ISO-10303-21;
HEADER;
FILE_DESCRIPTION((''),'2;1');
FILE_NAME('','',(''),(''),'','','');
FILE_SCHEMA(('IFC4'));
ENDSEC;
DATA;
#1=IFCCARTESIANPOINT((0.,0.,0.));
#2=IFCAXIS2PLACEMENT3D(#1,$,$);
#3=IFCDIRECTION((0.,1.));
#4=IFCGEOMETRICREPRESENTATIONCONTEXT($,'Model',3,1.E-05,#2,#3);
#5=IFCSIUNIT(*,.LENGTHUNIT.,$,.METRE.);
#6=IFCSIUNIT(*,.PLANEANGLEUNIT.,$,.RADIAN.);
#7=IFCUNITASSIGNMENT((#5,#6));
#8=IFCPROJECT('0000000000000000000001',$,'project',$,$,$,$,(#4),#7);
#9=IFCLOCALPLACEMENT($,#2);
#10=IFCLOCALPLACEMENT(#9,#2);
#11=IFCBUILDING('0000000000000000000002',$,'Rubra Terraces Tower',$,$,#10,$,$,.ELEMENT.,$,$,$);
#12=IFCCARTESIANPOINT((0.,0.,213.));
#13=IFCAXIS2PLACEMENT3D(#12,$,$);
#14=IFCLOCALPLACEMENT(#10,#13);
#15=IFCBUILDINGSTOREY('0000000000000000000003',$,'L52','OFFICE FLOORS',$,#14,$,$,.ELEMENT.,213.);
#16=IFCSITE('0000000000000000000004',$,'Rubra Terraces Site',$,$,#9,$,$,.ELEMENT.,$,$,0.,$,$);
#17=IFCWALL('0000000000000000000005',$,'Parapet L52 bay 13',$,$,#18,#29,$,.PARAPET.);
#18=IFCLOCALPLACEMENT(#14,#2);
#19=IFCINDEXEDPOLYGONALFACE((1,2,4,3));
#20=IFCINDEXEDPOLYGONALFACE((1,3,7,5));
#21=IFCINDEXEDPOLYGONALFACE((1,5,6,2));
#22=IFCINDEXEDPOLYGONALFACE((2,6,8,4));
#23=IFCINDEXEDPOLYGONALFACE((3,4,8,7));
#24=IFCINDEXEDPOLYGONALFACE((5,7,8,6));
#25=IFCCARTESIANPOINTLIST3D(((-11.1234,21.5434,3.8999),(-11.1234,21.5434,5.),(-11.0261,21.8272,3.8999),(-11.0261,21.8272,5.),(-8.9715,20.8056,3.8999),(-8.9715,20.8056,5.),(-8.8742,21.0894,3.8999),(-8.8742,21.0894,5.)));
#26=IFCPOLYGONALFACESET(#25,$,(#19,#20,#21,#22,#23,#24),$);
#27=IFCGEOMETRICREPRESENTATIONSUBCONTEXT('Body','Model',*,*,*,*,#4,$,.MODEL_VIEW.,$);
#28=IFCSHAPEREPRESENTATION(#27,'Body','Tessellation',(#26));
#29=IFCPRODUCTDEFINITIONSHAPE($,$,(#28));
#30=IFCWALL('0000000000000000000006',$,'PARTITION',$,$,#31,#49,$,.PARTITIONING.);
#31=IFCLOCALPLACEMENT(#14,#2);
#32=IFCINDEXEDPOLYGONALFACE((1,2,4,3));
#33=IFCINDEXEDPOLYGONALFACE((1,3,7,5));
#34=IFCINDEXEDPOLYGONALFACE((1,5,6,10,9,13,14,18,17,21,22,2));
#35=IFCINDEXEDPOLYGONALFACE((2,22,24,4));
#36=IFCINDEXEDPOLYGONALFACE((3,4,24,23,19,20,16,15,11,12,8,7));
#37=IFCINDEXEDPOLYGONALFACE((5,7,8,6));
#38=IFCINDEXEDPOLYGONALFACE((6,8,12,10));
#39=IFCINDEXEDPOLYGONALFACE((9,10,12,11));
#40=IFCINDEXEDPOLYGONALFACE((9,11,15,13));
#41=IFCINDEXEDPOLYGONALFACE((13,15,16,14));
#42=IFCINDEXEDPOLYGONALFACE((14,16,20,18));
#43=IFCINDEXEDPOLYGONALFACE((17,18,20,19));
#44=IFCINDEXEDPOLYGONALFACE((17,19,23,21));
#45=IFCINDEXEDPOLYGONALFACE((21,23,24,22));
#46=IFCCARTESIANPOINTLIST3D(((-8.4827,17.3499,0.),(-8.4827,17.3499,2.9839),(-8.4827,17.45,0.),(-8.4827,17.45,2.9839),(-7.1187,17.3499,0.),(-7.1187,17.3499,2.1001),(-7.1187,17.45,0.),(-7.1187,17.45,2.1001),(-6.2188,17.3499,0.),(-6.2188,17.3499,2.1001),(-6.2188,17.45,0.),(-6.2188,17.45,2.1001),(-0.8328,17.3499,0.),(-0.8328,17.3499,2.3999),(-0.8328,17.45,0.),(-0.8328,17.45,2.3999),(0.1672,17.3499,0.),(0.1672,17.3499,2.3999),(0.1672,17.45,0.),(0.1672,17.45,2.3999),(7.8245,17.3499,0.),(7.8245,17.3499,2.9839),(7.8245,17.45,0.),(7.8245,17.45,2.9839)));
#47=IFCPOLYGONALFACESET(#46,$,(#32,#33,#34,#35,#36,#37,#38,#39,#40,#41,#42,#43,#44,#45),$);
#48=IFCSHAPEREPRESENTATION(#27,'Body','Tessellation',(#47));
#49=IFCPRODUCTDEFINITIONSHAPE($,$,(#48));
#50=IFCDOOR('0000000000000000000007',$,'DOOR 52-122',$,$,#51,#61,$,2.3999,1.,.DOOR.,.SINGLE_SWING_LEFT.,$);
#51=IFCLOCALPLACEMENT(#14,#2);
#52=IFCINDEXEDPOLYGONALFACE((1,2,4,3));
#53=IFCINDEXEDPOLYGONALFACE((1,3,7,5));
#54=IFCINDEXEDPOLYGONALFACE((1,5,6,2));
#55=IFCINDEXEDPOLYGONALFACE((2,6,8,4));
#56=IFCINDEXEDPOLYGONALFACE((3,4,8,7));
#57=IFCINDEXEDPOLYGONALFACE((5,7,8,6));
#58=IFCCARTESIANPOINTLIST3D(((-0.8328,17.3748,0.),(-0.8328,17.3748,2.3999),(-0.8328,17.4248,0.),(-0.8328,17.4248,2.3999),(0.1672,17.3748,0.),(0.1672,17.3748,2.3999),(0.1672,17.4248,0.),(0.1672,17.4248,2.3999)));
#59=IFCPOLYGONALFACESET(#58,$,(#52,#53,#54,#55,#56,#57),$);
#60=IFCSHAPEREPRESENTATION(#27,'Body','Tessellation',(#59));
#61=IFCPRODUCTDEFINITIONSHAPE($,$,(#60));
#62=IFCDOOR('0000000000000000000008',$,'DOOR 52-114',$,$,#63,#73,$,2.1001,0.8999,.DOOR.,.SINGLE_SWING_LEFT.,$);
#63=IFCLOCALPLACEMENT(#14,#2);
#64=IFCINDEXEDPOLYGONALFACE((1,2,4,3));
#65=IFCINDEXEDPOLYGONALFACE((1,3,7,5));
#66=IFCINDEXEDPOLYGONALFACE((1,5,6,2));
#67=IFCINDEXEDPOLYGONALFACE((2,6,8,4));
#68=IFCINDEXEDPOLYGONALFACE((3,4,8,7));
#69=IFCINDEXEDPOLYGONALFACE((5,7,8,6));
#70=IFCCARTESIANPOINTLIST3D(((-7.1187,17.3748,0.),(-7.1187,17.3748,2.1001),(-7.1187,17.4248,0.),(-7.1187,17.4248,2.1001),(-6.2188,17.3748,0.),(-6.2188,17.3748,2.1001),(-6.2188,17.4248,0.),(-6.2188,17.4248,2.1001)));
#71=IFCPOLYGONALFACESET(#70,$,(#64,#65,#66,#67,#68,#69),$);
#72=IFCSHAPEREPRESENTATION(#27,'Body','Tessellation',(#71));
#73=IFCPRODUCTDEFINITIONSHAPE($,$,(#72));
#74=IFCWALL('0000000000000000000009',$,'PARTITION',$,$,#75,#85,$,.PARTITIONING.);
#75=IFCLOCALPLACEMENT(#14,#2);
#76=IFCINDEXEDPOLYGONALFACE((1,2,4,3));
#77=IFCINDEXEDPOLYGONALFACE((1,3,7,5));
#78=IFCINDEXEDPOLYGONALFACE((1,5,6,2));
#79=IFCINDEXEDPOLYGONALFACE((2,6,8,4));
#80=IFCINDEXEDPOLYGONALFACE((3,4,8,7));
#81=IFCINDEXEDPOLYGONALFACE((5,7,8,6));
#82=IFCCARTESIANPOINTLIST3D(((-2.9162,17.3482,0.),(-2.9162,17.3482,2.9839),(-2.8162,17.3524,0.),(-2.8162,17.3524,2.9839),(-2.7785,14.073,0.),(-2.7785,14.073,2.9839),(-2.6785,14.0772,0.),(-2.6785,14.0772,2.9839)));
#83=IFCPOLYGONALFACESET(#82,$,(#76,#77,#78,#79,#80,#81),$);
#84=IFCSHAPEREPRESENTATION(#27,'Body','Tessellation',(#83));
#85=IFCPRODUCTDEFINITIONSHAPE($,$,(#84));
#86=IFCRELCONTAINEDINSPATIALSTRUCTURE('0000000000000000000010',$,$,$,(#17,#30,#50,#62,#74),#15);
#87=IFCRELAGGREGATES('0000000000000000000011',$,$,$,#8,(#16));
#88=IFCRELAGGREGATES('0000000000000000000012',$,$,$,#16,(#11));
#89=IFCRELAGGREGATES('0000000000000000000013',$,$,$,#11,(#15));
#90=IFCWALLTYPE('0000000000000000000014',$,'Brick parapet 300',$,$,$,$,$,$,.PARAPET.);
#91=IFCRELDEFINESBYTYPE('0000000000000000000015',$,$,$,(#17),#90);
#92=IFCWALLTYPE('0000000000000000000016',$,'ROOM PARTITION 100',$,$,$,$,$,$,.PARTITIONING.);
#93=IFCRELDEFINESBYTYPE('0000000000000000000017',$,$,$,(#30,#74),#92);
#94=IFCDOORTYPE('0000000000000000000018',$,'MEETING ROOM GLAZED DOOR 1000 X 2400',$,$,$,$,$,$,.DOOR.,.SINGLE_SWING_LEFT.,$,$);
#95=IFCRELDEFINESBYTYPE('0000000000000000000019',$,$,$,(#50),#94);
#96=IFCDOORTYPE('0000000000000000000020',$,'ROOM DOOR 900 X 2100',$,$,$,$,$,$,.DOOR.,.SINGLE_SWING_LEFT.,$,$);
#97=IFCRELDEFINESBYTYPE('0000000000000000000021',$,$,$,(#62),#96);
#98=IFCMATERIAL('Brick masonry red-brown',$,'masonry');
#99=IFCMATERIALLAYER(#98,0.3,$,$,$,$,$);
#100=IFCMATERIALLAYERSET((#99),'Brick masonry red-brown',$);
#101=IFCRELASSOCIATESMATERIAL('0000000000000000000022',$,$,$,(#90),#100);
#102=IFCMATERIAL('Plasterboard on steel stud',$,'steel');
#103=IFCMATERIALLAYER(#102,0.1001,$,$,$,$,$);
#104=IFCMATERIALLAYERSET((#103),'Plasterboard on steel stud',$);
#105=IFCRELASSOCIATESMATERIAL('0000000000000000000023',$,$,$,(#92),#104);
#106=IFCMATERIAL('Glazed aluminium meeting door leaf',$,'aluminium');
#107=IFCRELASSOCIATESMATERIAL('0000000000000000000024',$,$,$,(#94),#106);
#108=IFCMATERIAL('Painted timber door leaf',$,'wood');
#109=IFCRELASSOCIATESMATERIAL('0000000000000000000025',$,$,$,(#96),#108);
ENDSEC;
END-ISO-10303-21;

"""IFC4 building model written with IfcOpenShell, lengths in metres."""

from ifc_helpers import new_model, si_unit, direction, frame, frame_2d, origin, place, context, subcontext, project, spatial, rectangle, extrude, material, layer, layer_set, type_object, element, fill, save


model = new_model("IFC4")

# Units and contexts
model_context = context("Model", 3, precision=1e-05, world=origin(), true_north=direction((0.0, 1.0)))
body_context = subcontext(model_context, "Body", "Model", "MODEL_VIEW")
ifc_project = project(units=[si_unit("LENGTHUNIT", "METRE"), si_unit("PLANEANGLEUNIT", "RADIAN")], contexts=[model_context])

# Site, building, storey
site_placement = place(None, origin())
site = spatial("IfcSite", under=ifc_project, at=site_placement, Name="Rubra Terraces Site", CompositionType="ELEMENT", RefElevation=0.0)
building_placement = place(site_placement, origin())
building = spatial("IfcBuilding", under=site, at=building_placement, Name="Rubra Terraces Tower", CompositionType="ELEMENT")
storey_placement = place(building_placement, frame((0.0, 0.0, 213.0)))
storey = spatial("IfcBuildingStorey", under=building, at=storey_placement, Name="L52", Description="OFFICE FLOORS", CompositionType="ELEMENT", Elevation=213.0)

# Shared definitions
ifc_material_1 = material(Name="Brick masonry red-brown", Category="masonry")

# Wall
ifc_layer_1 = layer(ifc_material_1, 0.3)
ifc_layer_set_1 = layer_set([ifc_layer_1], Name="Brick masonry red-brown")
wall_type_1 = type_object("IfcWallType", Name="Brick parapet 300", PredefinedType="PARAPET", material=ifc_layer_set_1)
wall_1_placement = place(storey_placement, frame((-8.9229, 20.9475, 3.8999), z_axis=(0.0, 0.0, 1.0), x_axis=(-0.945944, 0.32433, 0.0)))
element("IfcWall", 1, at=wall_1_placement, inside=storey, type_object=wall_type_1, Name="Parapet L52 bay 13", PredefinedType="PARAPET", context=body_context, shape_type="SweptSolid", body=[
    extrude(rectangle(XDim=2.2749, YDim=0.3, at=frame_2d((1.1375, 0.0))), origin(), (0.0, 0.0, 1.0), 1.1001),
])

# Wall, openings, doors
ifc_material_2 = material(Name="Plasterboard on steel stud", Category="steel")
ifc_layer_2 = layer(ifc_material_2, 0.1001)
ifc_layer_set_2 = layer_set([ifc_layer_2], Name="Plasterboard on steel stud")
wall_type_2 = type_object("IfcWallType", Name="ROOM PARTITION 100", PredefinedType="PARTITIONING", material=ifc_layer_set_2)
wall_2_placement = place(storey_placement, frame((-8.4827, 17.3999, 0.0), z_axis=(0.0, 0.0, 1.0), x_axis=(1.0, 0.0, 0.0)))
wall_2 = element("IfcWall", 2, at=wall_2_placement, inside=storey, type_object=wall_type_2, Name="PARTITION", PredefinedType="PARTITIONING", context=body_context, shape_type="SweptSolid", body=[
    extrude(rectangle(XDim=16.3071, YDim=0.1001, at=frame_2d((8.1536, 0.0))), origin(), (0.0, 0.0, 1.0), 2.9839),
])
opening_1_placement = place(wall_2_placement, frame((1.364, 0.0, 0.0)))
opening_1 = element("IfcOpeningElement", 3, at=opening_1_placement, cuts=wall_2, PredefinedType="OPENING", context=body_context, shape_type="SweptSolid", body=[
    extrude(rectangle(XDim=0.8999, YDim=2.1001, at=frame_2d((0.45, 1.05))), frame((0.0, 0.0601, 0.0), z_axis=(0.0, -1.0, 0.0), x_axis=(1.0, 0.0, 0.0)), (0.0, 0.0, 1.0), 0.1201),
])
opening_2_placement = place(wall_2_placement, frame((7.6499, 0.0, 0.0)))
opening_2 = element("IfcOpeningElement", 4, at=opening_2_placement, cuts=wall_2, PredefinedType="OPENING", context=body_context, shape_type="SweptSolid", body=[
    extrude(rectangle(XDim=1.0, YDim=2.3999, at=frame_2d((0.5, 1.2))), frame((0.0, 0.0601, 0.0), z_axis=(0.0, -1.0, 0.0), x_axis=(1.0, 0.0, 0.0)), (0.0, 0.0, 1.0), 0.1201),
])
ifc_material_3 = material(Name="Glazed aluminium meeting door leaf", Category="aluminium")
door_type_1 = type_object("IfcDoorType", Name="MEETING ROOM GLAZED DOOR 1000 X 2400", OperationType="SINGLE_SWING_LEFT", PredefinedType="DOOR", material=ifc_material_3)
door_1_placement = place(opening_2_placement, origin())
door_1 = element("IfcDoor", 5, at=door_1_placement, inside=storey, type_object=door_type_1, Name="DOOR 52-122", OperationType="SINGLE_SWING_LEFT", OverallHeight=2.3999, OverallWidth=1.0, PredefinedType="DOOR", context=body_context, shape_type="SweptSolid", body=[
    extrude(rectangle(XDim=1.0, YDim=2.3999, at=frame_2d((0.5, 1.2))), frame((0.0, 0.0249, 0.0), z_axis=(0.0, -1.0, 0.0), x_axis=(1.0, 0.0, 0.0)), (0.0, 0.0, 1.0), 0.05),
])
fill(opening_2, door_1)
ifc_material_4 = material(Name="Painted timber door leaf", Category="wood")
door_type_2 = type_object("IfcDoorType", Name="ROOM DOOR 900 X 2100", OperationType="SINGLE_SWING_LEFT", PredefinedType="DOOR", material=ifc_material_4)
door_2_placement = place(opening_1_placement, origin())
door_2 = element("IfcDoor", 6, at=door_2_placement, inside=storey, type_object=door_type_2, Name="DOOR 52-114", OperationType="SINGLE_SWING_LEFT", OverallHeight=2.1001, OverallWidth=0.8999, PredefinedType="DOOR", context=body_context, shape_type="SweptSolid", body=[
    extrude(rectangle(XDim=0.8999, YDim=2.1001, at=frame_2d((0.45, 1.05))), frame((0.0, 0.0249, 0.0), z_axis=(0.0, -1.0, 0.0), x_axis=(1.0, 0.0, 0.0)), (0.0, 0.0, 1.0), 0.05),
])
fill(opening_1, door_2)

# Wall
wall_3_placement = place(storey_placement, frame((-2.7285, 14.075, 0.0), z_axis=(0.0, 0.0, 1.0), x_axis=(-0.042005, 0.999117, 0.0)))
element("IfcWall", 7, at=wall_3_placement, inside=storey, type_object=wall_type_2, Name="PARTITION", PredefinedType="PARTITIONING", context=body_context, shape_type="SweptSolid", body=[
    extrude(rectangle(XDim=3.2781, YDim=0.1001, at=frame_2d((1.6392, 0.0))), origin(), (0.0, 0.0, 1.0), 2.9839),
])

save(model, "model.ifc")
